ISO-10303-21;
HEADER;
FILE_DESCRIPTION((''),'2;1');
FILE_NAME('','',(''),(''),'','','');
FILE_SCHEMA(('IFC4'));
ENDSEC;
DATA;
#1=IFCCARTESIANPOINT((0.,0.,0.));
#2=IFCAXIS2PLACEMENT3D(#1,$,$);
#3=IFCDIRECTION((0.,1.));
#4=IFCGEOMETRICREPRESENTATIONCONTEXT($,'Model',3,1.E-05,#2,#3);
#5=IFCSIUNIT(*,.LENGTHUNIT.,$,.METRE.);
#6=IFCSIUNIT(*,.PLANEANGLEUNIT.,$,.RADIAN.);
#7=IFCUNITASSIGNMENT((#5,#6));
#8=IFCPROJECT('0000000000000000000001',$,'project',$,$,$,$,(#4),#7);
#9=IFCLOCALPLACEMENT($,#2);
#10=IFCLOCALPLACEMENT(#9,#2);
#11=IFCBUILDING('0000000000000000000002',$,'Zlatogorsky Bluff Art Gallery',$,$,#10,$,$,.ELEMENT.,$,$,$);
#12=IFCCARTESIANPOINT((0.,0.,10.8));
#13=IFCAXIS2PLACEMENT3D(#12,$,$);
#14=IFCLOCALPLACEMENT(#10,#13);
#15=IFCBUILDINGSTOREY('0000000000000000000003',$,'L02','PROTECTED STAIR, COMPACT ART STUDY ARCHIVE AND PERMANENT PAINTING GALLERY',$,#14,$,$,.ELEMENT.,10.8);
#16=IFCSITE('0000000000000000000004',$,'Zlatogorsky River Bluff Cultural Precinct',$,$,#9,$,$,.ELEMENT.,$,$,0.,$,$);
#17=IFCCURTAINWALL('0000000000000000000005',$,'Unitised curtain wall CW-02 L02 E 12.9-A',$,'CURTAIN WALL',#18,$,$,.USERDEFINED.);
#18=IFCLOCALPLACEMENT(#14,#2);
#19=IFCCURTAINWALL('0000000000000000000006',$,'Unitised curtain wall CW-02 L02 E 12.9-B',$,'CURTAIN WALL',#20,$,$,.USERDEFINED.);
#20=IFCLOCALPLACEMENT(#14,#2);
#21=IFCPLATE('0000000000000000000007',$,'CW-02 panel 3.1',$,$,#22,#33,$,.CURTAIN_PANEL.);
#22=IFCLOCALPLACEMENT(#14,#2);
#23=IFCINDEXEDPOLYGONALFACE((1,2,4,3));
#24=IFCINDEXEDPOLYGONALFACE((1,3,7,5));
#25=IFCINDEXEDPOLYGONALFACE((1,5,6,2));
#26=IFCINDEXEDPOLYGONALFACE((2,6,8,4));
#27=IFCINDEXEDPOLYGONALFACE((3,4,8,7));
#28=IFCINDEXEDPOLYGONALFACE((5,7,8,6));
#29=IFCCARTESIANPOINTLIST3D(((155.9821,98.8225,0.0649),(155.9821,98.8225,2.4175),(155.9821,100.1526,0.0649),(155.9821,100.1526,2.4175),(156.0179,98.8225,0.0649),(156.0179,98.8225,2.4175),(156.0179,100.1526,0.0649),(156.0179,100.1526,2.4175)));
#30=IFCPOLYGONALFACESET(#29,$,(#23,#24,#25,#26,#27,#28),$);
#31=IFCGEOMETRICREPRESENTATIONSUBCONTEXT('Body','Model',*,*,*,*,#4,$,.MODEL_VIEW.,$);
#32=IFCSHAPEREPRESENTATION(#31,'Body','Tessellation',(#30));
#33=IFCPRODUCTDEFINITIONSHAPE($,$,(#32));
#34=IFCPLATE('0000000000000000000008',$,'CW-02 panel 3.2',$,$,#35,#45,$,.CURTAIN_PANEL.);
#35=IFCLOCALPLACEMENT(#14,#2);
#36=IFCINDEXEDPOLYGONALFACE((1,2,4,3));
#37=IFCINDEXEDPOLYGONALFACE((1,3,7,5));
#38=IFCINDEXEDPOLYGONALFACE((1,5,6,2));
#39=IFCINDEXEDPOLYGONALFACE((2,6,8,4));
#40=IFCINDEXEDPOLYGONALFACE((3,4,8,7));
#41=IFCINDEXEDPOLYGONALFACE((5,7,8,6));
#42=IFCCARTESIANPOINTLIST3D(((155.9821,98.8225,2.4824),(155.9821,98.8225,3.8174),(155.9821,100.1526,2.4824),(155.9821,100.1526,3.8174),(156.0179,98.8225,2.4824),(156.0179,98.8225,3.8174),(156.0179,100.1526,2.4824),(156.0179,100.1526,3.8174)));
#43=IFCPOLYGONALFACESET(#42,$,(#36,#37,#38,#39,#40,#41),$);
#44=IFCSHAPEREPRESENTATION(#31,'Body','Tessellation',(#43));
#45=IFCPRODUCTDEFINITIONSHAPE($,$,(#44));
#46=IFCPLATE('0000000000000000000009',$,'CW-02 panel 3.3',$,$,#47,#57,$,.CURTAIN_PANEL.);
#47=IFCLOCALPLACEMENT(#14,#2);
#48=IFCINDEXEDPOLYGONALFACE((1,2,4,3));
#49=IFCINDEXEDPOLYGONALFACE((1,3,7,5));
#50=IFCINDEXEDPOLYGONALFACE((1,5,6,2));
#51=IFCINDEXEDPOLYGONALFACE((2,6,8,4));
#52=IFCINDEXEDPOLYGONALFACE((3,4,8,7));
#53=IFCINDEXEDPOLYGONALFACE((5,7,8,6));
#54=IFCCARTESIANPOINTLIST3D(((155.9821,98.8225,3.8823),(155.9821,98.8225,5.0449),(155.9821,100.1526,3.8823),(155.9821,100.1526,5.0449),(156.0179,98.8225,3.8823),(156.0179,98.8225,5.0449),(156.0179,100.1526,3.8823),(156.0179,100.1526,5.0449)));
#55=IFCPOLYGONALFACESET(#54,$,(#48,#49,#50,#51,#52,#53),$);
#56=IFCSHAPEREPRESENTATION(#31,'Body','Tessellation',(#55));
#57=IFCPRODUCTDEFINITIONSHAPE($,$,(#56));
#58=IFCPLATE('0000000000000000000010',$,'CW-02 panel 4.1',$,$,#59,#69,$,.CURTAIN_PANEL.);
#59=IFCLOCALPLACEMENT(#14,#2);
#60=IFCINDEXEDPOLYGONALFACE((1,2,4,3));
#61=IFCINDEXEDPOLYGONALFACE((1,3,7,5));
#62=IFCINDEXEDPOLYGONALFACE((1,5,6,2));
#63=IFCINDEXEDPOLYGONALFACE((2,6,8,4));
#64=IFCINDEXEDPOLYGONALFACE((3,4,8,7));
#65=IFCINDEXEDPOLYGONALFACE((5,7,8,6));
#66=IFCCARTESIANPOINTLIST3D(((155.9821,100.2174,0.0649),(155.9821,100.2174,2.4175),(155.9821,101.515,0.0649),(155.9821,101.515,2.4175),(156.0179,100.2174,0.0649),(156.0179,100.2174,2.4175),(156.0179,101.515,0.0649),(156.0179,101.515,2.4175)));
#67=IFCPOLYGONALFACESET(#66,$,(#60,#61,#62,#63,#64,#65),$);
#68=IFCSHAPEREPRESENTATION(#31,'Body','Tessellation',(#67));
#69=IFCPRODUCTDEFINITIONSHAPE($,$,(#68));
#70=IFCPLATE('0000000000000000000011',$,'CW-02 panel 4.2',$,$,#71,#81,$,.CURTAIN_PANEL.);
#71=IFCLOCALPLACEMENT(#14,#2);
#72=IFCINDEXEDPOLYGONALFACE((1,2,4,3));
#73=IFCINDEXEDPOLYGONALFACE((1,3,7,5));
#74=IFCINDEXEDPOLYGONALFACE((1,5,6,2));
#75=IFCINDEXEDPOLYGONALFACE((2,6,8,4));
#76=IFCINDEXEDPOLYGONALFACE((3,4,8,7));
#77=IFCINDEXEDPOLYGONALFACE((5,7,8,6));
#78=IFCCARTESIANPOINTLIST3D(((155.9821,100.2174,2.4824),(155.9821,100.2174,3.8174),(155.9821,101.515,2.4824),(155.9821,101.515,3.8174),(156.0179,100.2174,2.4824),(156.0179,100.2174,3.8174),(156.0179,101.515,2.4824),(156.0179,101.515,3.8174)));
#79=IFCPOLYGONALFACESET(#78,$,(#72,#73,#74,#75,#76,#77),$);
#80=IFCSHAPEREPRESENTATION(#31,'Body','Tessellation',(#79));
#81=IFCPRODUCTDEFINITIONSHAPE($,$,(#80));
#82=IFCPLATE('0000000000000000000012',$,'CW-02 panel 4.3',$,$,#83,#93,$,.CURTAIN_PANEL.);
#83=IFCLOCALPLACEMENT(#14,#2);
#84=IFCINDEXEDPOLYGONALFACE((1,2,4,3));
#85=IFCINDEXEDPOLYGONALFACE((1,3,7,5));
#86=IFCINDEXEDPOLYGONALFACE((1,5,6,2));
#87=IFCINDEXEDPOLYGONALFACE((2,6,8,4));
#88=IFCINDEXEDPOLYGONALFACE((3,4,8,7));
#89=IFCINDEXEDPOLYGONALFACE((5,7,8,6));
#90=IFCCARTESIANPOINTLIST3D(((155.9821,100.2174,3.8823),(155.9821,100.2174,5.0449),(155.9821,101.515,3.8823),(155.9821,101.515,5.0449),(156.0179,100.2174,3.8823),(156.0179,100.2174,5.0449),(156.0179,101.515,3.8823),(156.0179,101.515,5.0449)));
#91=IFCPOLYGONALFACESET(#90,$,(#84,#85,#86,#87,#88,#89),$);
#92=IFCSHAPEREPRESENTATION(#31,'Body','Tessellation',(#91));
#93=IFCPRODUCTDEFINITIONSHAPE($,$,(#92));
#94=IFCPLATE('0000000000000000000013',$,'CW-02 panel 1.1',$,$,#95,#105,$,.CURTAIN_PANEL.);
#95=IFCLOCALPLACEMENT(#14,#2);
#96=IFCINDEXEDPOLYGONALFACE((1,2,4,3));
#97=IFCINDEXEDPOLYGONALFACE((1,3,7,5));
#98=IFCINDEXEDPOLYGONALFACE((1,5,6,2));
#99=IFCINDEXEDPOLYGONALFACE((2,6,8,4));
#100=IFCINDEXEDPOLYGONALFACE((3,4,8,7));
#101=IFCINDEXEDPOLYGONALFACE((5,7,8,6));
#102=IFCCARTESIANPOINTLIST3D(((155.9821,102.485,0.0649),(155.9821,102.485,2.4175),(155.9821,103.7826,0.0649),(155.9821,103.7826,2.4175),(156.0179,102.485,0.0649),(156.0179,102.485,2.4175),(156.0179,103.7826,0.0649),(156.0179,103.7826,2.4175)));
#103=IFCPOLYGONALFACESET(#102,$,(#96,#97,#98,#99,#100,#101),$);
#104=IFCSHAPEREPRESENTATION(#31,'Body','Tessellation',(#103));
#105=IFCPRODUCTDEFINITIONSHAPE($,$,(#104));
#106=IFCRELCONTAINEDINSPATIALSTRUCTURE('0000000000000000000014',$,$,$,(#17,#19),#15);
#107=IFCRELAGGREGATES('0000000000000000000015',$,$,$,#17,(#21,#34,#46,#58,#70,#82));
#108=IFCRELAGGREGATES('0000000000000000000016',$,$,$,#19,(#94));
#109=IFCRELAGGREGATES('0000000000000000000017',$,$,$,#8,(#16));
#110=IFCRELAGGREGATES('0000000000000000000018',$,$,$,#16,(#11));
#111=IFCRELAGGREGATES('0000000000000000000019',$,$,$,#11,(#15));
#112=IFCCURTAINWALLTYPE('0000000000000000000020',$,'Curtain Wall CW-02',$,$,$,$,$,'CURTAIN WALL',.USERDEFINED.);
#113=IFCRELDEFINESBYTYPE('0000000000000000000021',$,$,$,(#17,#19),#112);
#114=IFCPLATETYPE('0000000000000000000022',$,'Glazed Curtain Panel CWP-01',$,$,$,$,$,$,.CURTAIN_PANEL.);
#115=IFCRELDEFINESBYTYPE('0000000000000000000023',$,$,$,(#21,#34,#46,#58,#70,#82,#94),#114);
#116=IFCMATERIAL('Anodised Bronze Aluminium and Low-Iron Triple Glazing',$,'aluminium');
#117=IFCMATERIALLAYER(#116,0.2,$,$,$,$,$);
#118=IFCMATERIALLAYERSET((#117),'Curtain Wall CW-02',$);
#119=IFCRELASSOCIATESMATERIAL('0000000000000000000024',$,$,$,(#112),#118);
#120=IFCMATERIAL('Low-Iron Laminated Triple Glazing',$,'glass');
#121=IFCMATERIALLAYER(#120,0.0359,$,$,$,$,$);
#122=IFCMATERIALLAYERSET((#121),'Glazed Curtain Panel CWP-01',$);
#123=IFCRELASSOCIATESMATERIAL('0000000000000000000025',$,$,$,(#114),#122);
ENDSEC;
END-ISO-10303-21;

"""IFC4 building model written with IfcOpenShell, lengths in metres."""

from ifc_helpers import new_model, si_unit, direction, frame, origin, origin_2d, place, context, subcontext, project, spatial, rectangle, extrude, material, layer, layer_set, type_object, element, aggregate, save


model = new_model("IFC4")

# Units and contexts
model_context = context("Model", 3, precision=1e-05, world=origin(), true_north=direction((0.0, 1.0)))
body_context = subcontext(model_context, "Body", "Model", "MODEL_VIEW")
ifc_project = project(units=[si_unit("LENGTHUNIT", "METRE"), si_unit("PLANEANGLEUNIT", "RADIAN")], contexts=[model_context])

# Site, building, storey
site_placement = place(None, origin())
site = spatial("IfcSite", under=ifc_project, at=site_placement, Name="Zlatogorsky River Bluff Cultural Precinct", CompositionType="ELEMENT", RefElevation=0.0)
building_placement = place(site_placement, origin())
building = spatial("IfcBuilding", under=site, at=building_placement, Name="Zlatogorsky Bluff Art Gallery", CompositionType="ELEMENT")
storey_placement = place(building_placement, frame((0.0, 0.0, 10.8)))
storey = spatial("IfcBuildingStorey", under=building, at=storey_placement, Name="L02", Description="PROTECTED STAIR, COMPACT ART STUDY ARCHIVE AND PERMANENT PAINTING GALLERY", CompositionType="ELEMENT", Elevation=10.8)

# Curtain wall
ifc_material_1 = material(Name="Anodised Bronze Aluminium and Low-Iron Triple Glazing", Category="aluminium")
ifc_layer_1 = layer(ifc_material_1, 0.2)
ifc_layer_set_1 = layer_set([ifc_layer_1], Name="Curtain Wall CW-02")
curtain_wall_type = type_object("IfcCurtainWallType", Name="Curtain Wall CW-02", ElementType="CURTAIN WALL", PredefinedType="USERDEFINED", material=ifc_layer_set_1)
curtain_wall_1_placement = place(storey_placement, origin())
curtain_wall_1 = element("IfcCurtainWall", 1, at=curtain_wall_1_placement, inside=storey, type_object=curtain_wall_type, Name="Unitised curtain wall CW-02 L02 E 12.9-A", ObjectType="CURTAIN WALL", PredefinedType="USERDEFINED")

# Curtain wall
curtain_wall_2_placement = place(storey_placement, origin())
curtain_wall_2 = element("IfcCurtainWall", 2, at=curtain_wall_2_placement, inside=storey, type_object=curtain_wall_type, Name="Unitised curtain wall CW-02 L02 E 12.9-B", ObjectType="CURTAIN WALL", PredefinedType="USERDEFINED")

# Plates
ifc_material_2 = material(Name="Low-Iron Laminated Triple Glazing", Category="glass")
ifc_layer_2 = layer(ifc_material_2, 0.0359)
ifc_layer_set_2 = layer_set([ifc_layer_2], Name="Glazed Curtain Panel CWP-01")
plate_type = type_object("IfcPlateType", Name="Glazed Curtain Panel CWP-01", PredefinedType="CURTAIN_PANEL", material=ifc_layer_set_2)
plate_1_placement = place(storey_placement, frame((156.0, 99.4875, 0.0649), z_axis=(0.0, 0.0, 1.0), x_axis=(0.0, 1.0, 0.0)))
plate_1 = element("IfcPlate", 3, at=plate_1_placement, type_object=plate_type, Name="CW-02 panel 3.1", PredefinedType="CURTAIN_PANEL", context=body_context, shape_type="SweptSolid", body=[
    extrude(rectangle(XDim=1.3301, YDim=0.0359, at=origin_2d()), origin(), (0.0, 0.0, 1.0), 2.3525),
])
plate_2_placement = place(storey_placement, frame((156.0, 99.4875, 2.4824), z_axis=(0.0, 0.0, 1.0), x_axis=(0.0, 1.0, 0.0)))
plate_2 = element("IfcPlate", 4, at=plate_2_placement, type_object=plate_type, Name="CW-02 panel 3.2", PredefinedType="CURTAIN_PANEL", context=body_context, shape_type="SweptSolid", body=[
    extrude(rectangle(XDim=1.3301, YDim=0.0359, at=origin_2d()), origin(), (0.0, 0.0, 1.0), 1.335),
])
plate_3_placement = place(storey_placement, frame((156.0, 99.4875, 3.8823), z_axis=(0.0, 0.0, 1.0), x_axis=(0.0, 1.0, 0.0)))
plate_3 = element("IfcPlate", 5, at=plate_3_placement, type_object=plate_type, Name="CW-02 panel 3.3", PredefinedType="CURTAIN_PANEL", context=body_context, shape_type="SweptSolid", body=[
    extrude(rectangle(XDim=1.3301, YDim=0.0359, at=origin_2d()), origin(), (0.0, 0.0, 1.0), 1.1626),
])
plate_4_placement = place(storey_placement, frame((156.0, 100.8662, 0.0649), z_axis=(0.0, 0.0, 1.0), x_axis=(0.0, 1.0, 0.0)))
plate_4 = element("IfcPlate", 6, at=plate_4_placement, type_object=plate_type, Name="CW-02 panel 4.1", PredefinedType="CURTAIN_PANEL", context=body_context, shape_type="SweptSolid", body=[
    extrude(rectangle(XDim=1.2976, YDim=0.0359, at=origin_2d()), origin(), (0.0, 0.0, 1.0), 2.3525),
])
plate_5_placement = place(storey_placement, frame((156.0, 100.8662, 2.4824), z_axis=(0.0, 0.0, 1.0), x_axis=(0.0, 1.0, 0.0)))
plate_5 = element("IfcPlate", 7, at=plate_5_placement, type_object=plate_type, Name="CW-02 panel 4.2", PredefinedType="CURTAIN_PANEL", context=body_context, shape_type="SweptSolid", body=[
    extrude(rectangle(XDim=1.2976, YDim=0.0359, at=origin_2d()), origin(), (0.0, 0.0, 1.0), 1.335),
])
plate_6_placement = place(storey_placement, frame((156.0, 100.8662, 3.8823), z_axis=(0.0, 0.0, 1.0), x_axis=(0.0, 1.0, 0.0)))
plate_6 = element("IfcPlate", 8, at=plate_6_placement, type_object=plate_type, Name="CW-02 panel 4.3", PredefinedType="CURTAIN_PANEL", context=body_context, shape_type="SweptSolid", body=[
    extrude(rectangle(XDim=1.2976, YDim=0.0359, at=origin_2d()), origin(), (0.0, 0.0, 1.0), 1.1626),
])
aggregate(curtain_wall_1, [plate_1, plate_2, plate_3, plate_4, plate_5, plate_6])
plate_7_placement = place(storey_placement, frame((156.0, 103.1338, 0.0649), z_axis=(0.0, 0.0, 1.0), x_axis=(0.0, 1.0, 0.0)))
plate_7 = element("IfcPlate", 9, at=plate_7_placement, type_object=plate_type, Name="CW-02 panel 1.1", PredefinedType="CURTAIN_PANEL", context=body_context, shape_type="SweptSolid", body=[
    extrude(rectangle(XDim=1.2976, YDim=0.0359, at=origin_2d()), origin(), (0.0, 0.0, 1.0), 2.3525),
])
aggregate(curtain_wall_2, [plate_7])

save(model, "model.ifc")
